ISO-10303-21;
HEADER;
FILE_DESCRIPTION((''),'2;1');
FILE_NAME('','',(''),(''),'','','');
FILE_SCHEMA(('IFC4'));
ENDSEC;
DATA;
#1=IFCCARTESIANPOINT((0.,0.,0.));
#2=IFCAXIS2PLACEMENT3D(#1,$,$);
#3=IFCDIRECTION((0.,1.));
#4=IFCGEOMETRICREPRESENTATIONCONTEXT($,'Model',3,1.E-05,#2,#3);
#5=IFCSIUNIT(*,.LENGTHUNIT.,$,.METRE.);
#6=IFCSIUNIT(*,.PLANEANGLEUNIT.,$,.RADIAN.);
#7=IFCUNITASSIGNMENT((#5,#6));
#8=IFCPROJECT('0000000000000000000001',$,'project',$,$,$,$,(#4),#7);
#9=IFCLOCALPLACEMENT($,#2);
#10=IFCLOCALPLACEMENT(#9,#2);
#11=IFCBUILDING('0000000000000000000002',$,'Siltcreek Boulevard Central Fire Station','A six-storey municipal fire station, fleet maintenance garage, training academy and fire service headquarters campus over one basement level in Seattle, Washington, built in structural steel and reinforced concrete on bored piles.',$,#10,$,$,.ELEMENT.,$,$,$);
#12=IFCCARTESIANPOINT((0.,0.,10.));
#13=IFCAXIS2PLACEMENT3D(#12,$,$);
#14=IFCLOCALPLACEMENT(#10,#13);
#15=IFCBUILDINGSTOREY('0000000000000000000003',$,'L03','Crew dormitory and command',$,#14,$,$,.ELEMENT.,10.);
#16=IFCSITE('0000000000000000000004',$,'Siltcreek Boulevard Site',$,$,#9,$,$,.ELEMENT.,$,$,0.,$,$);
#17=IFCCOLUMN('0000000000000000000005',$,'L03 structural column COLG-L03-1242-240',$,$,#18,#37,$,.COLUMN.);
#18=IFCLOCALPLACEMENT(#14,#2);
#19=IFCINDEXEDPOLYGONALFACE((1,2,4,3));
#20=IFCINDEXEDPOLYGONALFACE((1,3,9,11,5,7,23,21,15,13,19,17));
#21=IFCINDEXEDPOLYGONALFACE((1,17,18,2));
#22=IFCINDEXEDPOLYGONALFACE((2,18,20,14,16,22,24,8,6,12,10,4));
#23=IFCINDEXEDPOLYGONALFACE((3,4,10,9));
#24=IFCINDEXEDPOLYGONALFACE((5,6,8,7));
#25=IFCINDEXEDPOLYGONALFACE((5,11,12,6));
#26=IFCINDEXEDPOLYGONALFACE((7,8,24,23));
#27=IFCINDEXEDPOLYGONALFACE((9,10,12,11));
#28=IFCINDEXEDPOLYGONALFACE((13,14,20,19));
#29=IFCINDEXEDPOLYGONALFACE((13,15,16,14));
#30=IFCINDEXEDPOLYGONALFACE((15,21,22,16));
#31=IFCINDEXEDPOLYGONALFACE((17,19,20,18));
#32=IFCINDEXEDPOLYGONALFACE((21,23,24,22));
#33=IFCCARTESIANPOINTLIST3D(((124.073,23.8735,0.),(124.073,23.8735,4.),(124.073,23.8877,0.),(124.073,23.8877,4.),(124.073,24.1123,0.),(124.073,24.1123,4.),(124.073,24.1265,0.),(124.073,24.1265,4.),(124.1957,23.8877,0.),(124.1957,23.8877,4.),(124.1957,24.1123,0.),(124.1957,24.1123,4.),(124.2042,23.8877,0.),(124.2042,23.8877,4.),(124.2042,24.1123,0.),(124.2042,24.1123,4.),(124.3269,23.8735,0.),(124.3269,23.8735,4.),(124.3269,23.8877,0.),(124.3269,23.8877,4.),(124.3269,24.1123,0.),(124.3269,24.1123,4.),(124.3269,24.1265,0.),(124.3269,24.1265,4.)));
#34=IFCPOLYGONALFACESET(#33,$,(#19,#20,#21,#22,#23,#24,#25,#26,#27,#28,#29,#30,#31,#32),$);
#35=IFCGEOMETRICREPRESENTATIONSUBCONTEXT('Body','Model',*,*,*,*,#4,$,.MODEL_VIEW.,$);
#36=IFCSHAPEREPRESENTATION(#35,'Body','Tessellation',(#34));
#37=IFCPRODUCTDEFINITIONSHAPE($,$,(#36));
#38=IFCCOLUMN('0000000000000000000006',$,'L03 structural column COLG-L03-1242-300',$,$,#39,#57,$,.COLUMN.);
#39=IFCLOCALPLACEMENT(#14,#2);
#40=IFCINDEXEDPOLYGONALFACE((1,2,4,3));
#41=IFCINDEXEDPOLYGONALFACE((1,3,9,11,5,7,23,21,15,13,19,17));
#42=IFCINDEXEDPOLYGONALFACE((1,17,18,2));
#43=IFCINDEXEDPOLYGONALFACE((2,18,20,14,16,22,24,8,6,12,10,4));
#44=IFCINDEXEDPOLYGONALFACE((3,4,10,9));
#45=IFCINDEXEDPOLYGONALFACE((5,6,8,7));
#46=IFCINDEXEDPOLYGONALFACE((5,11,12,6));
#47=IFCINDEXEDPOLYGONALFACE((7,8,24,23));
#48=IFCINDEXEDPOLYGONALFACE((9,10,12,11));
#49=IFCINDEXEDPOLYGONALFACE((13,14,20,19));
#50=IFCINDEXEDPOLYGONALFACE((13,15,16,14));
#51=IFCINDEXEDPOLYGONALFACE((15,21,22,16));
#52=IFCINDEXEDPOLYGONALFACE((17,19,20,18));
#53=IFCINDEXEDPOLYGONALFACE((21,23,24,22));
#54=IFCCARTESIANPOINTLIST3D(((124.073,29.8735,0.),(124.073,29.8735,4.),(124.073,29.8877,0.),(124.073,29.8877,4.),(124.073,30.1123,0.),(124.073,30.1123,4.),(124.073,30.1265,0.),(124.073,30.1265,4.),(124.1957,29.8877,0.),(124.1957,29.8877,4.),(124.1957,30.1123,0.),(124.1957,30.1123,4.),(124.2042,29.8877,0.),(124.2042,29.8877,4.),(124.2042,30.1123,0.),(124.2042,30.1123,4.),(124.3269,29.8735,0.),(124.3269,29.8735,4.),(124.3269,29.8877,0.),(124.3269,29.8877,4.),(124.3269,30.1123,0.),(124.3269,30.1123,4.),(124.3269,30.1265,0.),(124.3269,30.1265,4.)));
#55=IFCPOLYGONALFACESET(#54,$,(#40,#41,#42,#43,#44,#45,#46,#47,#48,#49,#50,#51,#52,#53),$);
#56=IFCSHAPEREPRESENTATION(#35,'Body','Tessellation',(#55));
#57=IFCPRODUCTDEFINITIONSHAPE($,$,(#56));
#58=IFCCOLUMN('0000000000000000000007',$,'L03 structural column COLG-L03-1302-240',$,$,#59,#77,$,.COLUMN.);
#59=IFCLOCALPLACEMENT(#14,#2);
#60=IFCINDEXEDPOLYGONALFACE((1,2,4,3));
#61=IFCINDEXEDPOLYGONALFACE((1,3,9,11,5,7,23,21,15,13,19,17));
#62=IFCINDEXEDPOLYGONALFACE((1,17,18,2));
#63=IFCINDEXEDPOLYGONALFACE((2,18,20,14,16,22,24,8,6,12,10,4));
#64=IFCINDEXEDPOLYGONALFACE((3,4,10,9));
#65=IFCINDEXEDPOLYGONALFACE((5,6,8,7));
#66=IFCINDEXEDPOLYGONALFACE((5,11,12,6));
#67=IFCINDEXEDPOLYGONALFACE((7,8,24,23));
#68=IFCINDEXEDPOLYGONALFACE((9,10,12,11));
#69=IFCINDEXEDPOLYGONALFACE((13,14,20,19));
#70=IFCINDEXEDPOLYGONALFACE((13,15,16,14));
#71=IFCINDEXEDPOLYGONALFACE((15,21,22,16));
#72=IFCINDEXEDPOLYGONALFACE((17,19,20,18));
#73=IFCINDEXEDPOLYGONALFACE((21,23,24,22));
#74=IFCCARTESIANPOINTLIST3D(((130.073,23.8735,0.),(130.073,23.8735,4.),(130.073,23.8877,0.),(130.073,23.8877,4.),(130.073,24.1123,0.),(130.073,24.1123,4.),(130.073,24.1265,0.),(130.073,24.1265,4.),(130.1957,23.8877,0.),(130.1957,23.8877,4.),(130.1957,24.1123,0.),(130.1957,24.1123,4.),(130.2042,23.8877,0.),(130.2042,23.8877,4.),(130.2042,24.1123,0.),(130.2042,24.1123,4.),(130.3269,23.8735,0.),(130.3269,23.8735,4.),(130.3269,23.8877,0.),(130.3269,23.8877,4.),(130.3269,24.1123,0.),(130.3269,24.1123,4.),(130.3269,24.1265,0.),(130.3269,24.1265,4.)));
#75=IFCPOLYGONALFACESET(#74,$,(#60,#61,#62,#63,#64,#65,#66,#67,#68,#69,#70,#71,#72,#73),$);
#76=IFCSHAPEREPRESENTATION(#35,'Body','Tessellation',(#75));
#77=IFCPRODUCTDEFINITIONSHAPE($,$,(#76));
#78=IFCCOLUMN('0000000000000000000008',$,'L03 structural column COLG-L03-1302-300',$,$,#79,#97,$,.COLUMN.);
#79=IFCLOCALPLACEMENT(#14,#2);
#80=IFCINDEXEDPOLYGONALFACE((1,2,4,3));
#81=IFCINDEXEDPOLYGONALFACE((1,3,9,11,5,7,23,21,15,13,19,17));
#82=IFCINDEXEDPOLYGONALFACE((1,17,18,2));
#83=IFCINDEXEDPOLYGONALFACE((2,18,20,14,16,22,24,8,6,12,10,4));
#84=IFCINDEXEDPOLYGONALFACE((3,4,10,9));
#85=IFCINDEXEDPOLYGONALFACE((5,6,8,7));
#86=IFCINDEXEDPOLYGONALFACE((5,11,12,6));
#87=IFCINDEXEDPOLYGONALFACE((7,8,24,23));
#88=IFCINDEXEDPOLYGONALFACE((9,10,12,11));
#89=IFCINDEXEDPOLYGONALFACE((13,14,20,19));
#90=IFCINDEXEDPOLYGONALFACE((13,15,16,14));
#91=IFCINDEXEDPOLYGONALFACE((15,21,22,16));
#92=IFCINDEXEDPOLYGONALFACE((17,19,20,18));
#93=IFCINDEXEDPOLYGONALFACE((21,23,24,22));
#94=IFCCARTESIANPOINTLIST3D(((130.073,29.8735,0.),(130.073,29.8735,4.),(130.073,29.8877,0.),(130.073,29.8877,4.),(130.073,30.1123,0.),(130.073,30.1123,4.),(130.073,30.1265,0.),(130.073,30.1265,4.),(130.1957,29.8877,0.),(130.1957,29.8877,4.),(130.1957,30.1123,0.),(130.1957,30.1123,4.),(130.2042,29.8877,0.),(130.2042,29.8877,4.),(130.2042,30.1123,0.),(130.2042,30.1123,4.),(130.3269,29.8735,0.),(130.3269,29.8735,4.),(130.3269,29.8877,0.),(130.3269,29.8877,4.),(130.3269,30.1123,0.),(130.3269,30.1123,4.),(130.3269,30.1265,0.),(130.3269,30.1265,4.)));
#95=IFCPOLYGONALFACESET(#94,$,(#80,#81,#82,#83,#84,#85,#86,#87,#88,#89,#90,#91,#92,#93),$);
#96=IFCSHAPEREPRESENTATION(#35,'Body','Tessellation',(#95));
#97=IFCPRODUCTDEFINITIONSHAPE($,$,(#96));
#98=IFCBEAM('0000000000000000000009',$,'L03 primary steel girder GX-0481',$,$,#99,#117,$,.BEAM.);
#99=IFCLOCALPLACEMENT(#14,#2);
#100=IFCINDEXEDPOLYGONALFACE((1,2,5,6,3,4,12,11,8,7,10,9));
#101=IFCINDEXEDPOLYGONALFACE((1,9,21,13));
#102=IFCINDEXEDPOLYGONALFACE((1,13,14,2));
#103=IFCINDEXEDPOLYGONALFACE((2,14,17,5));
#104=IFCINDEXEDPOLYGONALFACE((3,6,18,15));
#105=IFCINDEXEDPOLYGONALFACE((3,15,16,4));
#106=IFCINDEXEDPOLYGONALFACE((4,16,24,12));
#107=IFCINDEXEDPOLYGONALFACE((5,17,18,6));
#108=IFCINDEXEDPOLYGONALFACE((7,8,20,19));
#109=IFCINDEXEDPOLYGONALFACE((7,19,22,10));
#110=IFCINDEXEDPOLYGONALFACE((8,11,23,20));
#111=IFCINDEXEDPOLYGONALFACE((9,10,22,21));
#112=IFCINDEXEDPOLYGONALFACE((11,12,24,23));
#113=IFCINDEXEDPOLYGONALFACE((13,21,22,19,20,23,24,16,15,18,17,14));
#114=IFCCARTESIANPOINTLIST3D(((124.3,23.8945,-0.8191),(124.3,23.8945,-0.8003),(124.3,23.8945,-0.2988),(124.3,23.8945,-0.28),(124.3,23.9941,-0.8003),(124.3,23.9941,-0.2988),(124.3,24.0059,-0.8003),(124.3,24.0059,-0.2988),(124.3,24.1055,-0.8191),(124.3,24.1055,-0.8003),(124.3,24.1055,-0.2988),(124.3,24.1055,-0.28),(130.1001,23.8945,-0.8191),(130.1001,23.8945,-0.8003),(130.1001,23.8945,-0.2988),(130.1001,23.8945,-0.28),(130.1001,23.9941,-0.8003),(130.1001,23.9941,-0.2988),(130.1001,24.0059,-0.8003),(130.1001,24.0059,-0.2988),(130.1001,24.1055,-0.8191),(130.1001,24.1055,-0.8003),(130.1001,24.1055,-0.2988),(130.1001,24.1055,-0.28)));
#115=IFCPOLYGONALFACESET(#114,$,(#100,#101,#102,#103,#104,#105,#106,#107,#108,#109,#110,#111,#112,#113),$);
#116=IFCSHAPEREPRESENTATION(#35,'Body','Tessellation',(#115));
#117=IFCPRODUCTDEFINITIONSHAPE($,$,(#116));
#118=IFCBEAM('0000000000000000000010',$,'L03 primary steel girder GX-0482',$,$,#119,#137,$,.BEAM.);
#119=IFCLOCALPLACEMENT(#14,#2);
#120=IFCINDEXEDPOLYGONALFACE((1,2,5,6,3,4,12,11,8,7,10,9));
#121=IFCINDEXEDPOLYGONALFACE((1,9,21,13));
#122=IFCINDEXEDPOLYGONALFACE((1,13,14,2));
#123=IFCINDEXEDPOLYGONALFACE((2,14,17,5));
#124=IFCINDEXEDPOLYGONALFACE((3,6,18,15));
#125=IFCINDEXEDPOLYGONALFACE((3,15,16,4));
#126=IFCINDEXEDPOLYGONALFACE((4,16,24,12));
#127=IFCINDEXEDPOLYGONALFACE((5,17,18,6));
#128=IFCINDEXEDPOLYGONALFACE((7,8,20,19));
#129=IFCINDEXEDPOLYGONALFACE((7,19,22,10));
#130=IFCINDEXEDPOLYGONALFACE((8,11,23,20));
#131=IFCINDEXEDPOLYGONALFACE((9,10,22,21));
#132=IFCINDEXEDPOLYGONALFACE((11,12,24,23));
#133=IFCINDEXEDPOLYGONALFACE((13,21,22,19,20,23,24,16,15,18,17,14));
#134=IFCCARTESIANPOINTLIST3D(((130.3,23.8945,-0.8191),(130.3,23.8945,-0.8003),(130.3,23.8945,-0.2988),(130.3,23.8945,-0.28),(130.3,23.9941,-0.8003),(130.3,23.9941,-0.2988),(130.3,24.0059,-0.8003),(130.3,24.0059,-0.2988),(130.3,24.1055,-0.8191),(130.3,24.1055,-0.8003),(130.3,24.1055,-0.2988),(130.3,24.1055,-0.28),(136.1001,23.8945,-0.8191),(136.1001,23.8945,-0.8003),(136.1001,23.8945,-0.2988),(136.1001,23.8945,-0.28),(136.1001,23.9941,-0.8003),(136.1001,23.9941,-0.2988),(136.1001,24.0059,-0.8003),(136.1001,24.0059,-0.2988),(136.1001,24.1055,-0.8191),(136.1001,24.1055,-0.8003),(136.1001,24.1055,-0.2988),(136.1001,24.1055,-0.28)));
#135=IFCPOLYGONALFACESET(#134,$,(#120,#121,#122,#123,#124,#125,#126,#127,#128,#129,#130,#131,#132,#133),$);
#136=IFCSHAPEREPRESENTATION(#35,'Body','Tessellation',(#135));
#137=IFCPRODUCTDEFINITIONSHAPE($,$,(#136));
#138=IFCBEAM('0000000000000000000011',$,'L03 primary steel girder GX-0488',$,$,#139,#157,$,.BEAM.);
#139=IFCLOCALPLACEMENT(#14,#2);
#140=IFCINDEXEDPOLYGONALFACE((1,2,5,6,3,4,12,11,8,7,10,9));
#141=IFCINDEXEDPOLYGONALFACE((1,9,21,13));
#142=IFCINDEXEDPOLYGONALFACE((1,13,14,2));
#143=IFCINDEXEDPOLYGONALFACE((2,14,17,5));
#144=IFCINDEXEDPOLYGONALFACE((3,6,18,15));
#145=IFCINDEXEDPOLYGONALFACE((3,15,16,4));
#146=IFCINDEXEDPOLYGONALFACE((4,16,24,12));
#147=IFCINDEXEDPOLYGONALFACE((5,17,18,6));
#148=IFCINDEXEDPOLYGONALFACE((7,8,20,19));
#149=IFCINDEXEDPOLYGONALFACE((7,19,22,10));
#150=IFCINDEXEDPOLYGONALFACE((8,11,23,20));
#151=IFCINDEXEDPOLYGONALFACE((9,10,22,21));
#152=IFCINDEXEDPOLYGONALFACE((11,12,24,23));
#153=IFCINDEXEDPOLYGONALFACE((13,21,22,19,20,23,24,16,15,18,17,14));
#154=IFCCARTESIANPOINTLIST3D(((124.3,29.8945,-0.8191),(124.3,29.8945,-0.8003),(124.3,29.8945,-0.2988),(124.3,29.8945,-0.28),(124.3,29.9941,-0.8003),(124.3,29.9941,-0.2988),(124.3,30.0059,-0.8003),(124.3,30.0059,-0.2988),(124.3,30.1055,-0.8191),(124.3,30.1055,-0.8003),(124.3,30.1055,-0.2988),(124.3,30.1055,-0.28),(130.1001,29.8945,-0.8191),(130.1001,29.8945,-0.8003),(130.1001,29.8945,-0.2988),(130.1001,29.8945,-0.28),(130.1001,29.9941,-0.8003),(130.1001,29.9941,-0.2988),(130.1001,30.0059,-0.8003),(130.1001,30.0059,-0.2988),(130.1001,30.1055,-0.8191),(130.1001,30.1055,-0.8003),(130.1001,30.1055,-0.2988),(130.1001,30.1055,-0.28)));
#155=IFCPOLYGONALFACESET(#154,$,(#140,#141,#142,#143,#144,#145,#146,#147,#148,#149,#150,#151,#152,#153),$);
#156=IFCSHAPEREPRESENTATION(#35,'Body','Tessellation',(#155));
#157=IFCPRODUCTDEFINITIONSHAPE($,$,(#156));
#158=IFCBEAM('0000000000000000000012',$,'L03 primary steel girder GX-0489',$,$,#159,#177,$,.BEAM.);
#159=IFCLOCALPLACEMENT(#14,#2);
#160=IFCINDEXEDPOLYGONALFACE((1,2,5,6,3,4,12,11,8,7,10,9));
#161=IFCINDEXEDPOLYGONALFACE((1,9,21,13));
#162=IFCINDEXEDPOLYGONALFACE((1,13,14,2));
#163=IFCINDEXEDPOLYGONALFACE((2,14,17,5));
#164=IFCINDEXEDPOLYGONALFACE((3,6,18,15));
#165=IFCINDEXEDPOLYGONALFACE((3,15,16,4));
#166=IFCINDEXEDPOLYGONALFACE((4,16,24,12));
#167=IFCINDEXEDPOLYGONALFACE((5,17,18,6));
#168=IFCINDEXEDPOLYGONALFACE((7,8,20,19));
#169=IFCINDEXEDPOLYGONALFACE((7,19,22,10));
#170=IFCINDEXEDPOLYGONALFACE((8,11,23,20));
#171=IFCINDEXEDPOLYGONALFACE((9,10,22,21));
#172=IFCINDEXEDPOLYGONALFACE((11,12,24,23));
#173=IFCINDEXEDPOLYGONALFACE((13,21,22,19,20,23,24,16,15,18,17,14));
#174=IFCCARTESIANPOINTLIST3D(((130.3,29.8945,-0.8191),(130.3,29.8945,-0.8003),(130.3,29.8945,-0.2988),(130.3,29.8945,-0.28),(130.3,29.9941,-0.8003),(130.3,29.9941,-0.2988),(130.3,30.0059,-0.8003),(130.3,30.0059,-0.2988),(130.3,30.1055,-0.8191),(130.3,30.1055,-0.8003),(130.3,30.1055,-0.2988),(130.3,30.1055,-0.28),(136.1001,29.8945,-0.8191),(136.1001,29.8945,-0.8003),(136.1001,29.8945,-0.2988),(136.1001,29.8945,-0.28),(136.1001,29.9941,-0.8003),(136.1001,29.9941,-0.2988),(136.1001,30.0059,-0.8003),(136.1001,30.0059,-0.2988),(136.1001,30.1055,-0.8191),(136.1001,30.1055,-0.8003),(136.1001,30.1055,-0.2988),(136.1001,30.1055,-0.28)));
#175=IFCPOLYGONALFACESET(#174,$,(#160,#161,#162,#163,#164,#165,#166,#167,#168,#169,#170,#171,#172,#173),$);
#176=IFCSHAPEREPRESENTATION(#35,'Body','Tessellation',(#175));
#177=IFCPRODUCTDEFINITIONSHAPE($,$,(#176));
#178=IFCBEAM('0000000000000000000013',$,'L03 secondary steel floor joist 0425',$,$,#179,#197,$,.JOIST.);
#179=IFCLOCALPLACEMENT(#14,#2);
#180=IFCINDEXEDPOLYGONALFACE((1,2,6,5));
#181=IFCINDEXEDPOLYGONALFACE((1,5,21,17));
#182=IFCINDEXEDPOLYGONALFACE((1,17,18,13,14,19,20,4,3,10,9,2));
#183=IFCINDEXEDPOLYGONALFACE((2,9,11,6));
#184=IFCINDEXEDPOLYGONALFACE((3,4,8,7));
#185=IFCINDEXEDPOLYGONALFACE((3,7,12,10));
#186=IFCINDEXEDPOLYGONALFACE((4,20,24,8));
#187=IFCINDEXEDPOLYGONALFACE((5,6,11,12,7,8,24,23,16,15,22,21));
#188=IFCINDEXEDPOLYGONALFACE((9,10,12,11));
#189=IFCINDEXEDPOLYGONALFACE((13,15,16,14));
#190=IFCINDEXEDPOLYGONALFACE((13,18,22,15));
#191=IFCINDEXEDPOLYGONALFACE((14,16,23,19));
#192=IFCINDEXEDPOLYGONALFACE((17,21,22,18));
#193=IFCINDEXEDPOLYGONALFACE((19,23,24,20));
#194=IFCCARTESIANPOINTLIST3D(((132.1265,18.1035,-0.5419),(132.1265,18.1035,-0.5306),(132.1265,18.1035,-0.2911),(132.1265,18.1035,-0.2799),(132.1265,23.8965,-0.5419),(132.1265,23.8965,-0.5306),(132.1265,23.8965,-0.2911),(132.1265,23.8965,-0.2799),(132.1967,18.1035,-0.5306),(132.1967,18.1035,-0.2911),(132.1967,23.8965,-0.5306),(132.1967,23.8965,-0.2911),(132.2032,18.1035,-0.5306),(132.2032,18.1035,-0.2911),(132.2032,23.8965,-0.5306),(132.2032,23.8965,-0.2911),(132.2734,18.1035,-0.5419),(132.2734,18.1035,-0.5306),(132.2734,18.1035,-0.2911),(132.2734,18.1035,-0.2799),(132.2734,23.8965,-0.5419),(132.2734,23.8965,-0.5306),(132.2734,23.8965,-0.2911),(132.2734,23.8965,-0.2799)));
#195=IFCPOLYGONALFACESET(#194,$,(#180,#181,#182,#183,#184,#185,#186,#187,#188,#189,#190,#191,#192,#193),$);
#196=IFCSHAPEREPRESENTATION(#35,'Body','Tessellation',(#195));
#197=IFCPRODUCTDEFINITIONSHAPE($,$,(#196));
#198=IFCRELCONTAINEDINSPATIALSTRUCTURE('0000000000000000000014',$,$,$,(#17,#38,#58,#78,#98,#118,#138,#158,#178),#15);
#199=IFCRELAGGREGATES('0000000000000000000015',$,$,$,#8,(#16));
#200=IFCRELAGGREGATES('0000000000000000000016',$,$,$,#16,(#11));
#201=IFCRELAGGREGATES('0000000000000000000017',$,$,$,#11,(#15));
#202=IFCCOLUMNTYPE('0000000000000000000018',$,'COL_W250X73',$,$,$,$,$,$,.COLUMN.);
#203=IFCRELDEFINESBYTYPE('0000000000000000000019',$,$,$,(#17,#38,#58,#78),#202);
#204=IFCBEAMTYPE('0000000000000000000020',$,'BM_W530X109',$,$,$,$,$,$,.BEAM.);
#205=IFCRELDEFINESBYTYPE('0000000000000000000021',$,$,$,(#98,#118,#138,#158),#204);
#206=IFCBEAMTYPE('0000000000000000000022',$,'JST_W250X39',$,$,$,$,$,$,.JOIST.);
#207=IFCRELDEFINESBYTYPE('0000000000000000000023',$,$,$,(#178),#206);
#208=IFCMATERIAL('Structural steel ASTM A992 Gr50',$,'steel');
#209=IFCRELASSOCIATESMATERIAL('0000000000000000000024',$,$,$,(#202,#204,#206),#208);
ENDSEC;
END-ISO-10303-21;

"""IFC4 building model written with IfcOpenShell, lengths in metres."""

from ifc_helpers import new_model, si_unit, direction, frame, origin, origin_2d, place, context, subcontext, project, spatial, i_section, extrude, material, material_profile, profile_set, type_object, element, save


model = new_model("IFC4")

# Units and contexts
model_context = context("Model", 3, precision=1e-05, world=origin(), true_north=direction((0.0, 1.0)))
body_context = subcontext(model_context, "Body", "Model", "MODEL_VIEW")
ifc_project = project(units=[si_unit("LENGTHUNIT", "METRE"), si_unit("PLANEANGLEUNIT", "RADIAN")], contexts=[model_context])

# Site, building, storey
site_placement = place(None, origin())
site = spatial("IfcSite", under=ifc_project, at=site_placement, Name="Siltcreek Boulevard Site", CompositionType="ELEMENT", RefElevation=0.0)
building_placement = place(site_placement, origin())
building = spatial("IfcBuilding", under=site, at=building_placement, Name="Siltcreek Boulevard Central Fire Station", Description="A six-storey municipal fire station, fleet maintenance garage, training academy and fire service headquarters campus over one basement level in Seattle, Washington, built in structural steel and reinforced concrete on bored piles.", CompositionType="ELEMENT")
storey_placement = place(building_placement, frame((0.0, 0.0, 10.0)))
storey = spatial("IfcBuildingStorey", under=building, at=storey_placement, Name="L03", Description="Crew dormitory and command", CompositionType="ELEMENT", Elevation=10.0)

# Columns
ifc_material_1 = material(Name="Structural steel ASTM A992 Gr50", Category="steel")
ifc_material_profile_1 = material_profile(ifc_material_1, i_section(OverallWidth=0.2539, OverallDepth=0.2529, WebThickness=0.0085, FlangeThickness=0.0142, at=origin_2d()), Name="W250X73")
ifc_profile_set_1 = profile_set([ifc_material_profile_1], Name="Structural steel ASTM A992 Gr50")
column_type = type_object("IfcColumnType", Name="COL_W250X73", PredefinedType="COLUMN", material=ifc_profile_set_1)
for number, where, z_axis, x_axis, name in (
    (1, (124.2, 24.0, 0.0), (0.0, 0.0, 1.0), (1.0, 0.0, 0.0), "L03 structural column COLG-L03-1242-240"),
    (2, (124.2, 30.0, 0.0), (0.0, 0.0, 1.0), (1.0, 0.0, 0.0), "L03 structural column COLG-L03-1242-300"),
    (3, (130.2, 24.0, 0.0), (0.0, 0.0, 1.0), (1.0, 0.0, 0.0), "L03 structural column COLG-L03-1302-240"),
    (4, (130.2, 30.0, 0.0), (0.0, 0.0, 1.0), (1.0, 0.0, 0.0), "L03 structural column COLG-L03-1302-300"),
):
    element("IfcColumn", number, at=place(storey_placement, frame(where, z_axis=z_axis, x_axis=x_axis)), inside=storey, type_object=column_type, Name=name, PredefinedType="COLUMN", context=body_context, shape_type="SweptSolid", body=[
        extrude(i_section(OverallWidth=0.2539, OverallDepth=0.2529, WebThickness=0.0085, FlangeThickness=0.0142, at=origin_2d()), origin(), (0.0, 0.0, 1.0), 4.0),
    ])

# Beams
ifc_material_profile_2 = material_profile(ifc_material_1, i_section(OverallWidth=0.2109, OverallDepth=0.5391, WebThickness=0.0117, FlangeThickness=0.0188, at=origin_2d()), Name="W530X109")
ifc_profile_set_2 = profile_set([ifc_material_profile_2], Name="Structural steel ASTM A992 Gr50")
beam_type_1 = type_object("IfcBeamType", Name="BM_W530X109", PredefinedType="BEAM", material=ifc_profile_set_2)
for number, where, z_axis, x_axis, name in (
    (5, (124.3, 24.0, -0.5496), (1.0, 0.0, 0.0), (0.0, 1.0, 0.0), "L03 primary steel girder GX-0481"),
    (6, (130.3, 24.0, -0.5496), (1.0, 0.0, 0.0), (0.0, 1.0, 0.0), "L03 primary steel girder GX-0482"),
    (7, (124.3, 30.0, -0.5496), (1.0, 0.0, 0.0), (0.0, 1.0, 0.0), "L03 primary steel girder GX-0488"),
    (8, (130.3, 30.0, -0.5496), (1.0, 0.0, 0.0), (0.0, 1.0, 0.0), "L03 primary steel girder GX-0489"),
):
    element("IfcBeam", number, at=place(storey_placement, frame(where, z_axis=z_axis, x_axis=x_axis)), inside=storey, type_object=beam_type_1, Name=name, PredefinedType="BEAM", context=body_context, shape_type="SweptSolid", body=[
        extrude(i_section(OverallWidth=0.2109, OverallDepth=0.5391, WebThickness=0.0117, FlangeThickness=0.0188, at=origin_2d()), origin(), (0.0, 0.0, 1.0), 5.8),
    ])
ifc_material_profile_3 = material_profile(ifc_material_1, i_section(OverallWidth=0.147, OverallDepth=0.262, WebThickness=0.0066, FlangeThickness=0.0112, at=origin_2d()), Name="W250X39")
ifc_profile_set_3 = profile_set([ifc_material_profile_3], Name="Structural steel ASTM A992 Gr50")
beam_type_2 = type_object("IfcBeamType", Name="JST_W250X39", PredefinedType="JOIST", material=ifc_profile_set_3)
beam_1_placement = place(storey_placement, frame((132.2, 18.1035, -0.4109), z_axis=(0.0, 1.0, 0.0), x_axis=(-1.0, 0.0, 0.0)))
element("IfcBeam", 9, at=beam_1_placement, inside=storey, type_object=beam_type_2, Name="L03 secondary steel floor joist 0425", PredefinedType="JOIST", context=body_context, shape_type="SweptSolid", body=[
    extrude(i_section(OverallWidth=0.147, OverallDepth=0.262, WebThickness=0.0066, FlangeThickness=0.0112, at=origin_2d()), origin(), (0.0, 0.0, 1.0), 5.793),
])

save(model, "model.ifc")
